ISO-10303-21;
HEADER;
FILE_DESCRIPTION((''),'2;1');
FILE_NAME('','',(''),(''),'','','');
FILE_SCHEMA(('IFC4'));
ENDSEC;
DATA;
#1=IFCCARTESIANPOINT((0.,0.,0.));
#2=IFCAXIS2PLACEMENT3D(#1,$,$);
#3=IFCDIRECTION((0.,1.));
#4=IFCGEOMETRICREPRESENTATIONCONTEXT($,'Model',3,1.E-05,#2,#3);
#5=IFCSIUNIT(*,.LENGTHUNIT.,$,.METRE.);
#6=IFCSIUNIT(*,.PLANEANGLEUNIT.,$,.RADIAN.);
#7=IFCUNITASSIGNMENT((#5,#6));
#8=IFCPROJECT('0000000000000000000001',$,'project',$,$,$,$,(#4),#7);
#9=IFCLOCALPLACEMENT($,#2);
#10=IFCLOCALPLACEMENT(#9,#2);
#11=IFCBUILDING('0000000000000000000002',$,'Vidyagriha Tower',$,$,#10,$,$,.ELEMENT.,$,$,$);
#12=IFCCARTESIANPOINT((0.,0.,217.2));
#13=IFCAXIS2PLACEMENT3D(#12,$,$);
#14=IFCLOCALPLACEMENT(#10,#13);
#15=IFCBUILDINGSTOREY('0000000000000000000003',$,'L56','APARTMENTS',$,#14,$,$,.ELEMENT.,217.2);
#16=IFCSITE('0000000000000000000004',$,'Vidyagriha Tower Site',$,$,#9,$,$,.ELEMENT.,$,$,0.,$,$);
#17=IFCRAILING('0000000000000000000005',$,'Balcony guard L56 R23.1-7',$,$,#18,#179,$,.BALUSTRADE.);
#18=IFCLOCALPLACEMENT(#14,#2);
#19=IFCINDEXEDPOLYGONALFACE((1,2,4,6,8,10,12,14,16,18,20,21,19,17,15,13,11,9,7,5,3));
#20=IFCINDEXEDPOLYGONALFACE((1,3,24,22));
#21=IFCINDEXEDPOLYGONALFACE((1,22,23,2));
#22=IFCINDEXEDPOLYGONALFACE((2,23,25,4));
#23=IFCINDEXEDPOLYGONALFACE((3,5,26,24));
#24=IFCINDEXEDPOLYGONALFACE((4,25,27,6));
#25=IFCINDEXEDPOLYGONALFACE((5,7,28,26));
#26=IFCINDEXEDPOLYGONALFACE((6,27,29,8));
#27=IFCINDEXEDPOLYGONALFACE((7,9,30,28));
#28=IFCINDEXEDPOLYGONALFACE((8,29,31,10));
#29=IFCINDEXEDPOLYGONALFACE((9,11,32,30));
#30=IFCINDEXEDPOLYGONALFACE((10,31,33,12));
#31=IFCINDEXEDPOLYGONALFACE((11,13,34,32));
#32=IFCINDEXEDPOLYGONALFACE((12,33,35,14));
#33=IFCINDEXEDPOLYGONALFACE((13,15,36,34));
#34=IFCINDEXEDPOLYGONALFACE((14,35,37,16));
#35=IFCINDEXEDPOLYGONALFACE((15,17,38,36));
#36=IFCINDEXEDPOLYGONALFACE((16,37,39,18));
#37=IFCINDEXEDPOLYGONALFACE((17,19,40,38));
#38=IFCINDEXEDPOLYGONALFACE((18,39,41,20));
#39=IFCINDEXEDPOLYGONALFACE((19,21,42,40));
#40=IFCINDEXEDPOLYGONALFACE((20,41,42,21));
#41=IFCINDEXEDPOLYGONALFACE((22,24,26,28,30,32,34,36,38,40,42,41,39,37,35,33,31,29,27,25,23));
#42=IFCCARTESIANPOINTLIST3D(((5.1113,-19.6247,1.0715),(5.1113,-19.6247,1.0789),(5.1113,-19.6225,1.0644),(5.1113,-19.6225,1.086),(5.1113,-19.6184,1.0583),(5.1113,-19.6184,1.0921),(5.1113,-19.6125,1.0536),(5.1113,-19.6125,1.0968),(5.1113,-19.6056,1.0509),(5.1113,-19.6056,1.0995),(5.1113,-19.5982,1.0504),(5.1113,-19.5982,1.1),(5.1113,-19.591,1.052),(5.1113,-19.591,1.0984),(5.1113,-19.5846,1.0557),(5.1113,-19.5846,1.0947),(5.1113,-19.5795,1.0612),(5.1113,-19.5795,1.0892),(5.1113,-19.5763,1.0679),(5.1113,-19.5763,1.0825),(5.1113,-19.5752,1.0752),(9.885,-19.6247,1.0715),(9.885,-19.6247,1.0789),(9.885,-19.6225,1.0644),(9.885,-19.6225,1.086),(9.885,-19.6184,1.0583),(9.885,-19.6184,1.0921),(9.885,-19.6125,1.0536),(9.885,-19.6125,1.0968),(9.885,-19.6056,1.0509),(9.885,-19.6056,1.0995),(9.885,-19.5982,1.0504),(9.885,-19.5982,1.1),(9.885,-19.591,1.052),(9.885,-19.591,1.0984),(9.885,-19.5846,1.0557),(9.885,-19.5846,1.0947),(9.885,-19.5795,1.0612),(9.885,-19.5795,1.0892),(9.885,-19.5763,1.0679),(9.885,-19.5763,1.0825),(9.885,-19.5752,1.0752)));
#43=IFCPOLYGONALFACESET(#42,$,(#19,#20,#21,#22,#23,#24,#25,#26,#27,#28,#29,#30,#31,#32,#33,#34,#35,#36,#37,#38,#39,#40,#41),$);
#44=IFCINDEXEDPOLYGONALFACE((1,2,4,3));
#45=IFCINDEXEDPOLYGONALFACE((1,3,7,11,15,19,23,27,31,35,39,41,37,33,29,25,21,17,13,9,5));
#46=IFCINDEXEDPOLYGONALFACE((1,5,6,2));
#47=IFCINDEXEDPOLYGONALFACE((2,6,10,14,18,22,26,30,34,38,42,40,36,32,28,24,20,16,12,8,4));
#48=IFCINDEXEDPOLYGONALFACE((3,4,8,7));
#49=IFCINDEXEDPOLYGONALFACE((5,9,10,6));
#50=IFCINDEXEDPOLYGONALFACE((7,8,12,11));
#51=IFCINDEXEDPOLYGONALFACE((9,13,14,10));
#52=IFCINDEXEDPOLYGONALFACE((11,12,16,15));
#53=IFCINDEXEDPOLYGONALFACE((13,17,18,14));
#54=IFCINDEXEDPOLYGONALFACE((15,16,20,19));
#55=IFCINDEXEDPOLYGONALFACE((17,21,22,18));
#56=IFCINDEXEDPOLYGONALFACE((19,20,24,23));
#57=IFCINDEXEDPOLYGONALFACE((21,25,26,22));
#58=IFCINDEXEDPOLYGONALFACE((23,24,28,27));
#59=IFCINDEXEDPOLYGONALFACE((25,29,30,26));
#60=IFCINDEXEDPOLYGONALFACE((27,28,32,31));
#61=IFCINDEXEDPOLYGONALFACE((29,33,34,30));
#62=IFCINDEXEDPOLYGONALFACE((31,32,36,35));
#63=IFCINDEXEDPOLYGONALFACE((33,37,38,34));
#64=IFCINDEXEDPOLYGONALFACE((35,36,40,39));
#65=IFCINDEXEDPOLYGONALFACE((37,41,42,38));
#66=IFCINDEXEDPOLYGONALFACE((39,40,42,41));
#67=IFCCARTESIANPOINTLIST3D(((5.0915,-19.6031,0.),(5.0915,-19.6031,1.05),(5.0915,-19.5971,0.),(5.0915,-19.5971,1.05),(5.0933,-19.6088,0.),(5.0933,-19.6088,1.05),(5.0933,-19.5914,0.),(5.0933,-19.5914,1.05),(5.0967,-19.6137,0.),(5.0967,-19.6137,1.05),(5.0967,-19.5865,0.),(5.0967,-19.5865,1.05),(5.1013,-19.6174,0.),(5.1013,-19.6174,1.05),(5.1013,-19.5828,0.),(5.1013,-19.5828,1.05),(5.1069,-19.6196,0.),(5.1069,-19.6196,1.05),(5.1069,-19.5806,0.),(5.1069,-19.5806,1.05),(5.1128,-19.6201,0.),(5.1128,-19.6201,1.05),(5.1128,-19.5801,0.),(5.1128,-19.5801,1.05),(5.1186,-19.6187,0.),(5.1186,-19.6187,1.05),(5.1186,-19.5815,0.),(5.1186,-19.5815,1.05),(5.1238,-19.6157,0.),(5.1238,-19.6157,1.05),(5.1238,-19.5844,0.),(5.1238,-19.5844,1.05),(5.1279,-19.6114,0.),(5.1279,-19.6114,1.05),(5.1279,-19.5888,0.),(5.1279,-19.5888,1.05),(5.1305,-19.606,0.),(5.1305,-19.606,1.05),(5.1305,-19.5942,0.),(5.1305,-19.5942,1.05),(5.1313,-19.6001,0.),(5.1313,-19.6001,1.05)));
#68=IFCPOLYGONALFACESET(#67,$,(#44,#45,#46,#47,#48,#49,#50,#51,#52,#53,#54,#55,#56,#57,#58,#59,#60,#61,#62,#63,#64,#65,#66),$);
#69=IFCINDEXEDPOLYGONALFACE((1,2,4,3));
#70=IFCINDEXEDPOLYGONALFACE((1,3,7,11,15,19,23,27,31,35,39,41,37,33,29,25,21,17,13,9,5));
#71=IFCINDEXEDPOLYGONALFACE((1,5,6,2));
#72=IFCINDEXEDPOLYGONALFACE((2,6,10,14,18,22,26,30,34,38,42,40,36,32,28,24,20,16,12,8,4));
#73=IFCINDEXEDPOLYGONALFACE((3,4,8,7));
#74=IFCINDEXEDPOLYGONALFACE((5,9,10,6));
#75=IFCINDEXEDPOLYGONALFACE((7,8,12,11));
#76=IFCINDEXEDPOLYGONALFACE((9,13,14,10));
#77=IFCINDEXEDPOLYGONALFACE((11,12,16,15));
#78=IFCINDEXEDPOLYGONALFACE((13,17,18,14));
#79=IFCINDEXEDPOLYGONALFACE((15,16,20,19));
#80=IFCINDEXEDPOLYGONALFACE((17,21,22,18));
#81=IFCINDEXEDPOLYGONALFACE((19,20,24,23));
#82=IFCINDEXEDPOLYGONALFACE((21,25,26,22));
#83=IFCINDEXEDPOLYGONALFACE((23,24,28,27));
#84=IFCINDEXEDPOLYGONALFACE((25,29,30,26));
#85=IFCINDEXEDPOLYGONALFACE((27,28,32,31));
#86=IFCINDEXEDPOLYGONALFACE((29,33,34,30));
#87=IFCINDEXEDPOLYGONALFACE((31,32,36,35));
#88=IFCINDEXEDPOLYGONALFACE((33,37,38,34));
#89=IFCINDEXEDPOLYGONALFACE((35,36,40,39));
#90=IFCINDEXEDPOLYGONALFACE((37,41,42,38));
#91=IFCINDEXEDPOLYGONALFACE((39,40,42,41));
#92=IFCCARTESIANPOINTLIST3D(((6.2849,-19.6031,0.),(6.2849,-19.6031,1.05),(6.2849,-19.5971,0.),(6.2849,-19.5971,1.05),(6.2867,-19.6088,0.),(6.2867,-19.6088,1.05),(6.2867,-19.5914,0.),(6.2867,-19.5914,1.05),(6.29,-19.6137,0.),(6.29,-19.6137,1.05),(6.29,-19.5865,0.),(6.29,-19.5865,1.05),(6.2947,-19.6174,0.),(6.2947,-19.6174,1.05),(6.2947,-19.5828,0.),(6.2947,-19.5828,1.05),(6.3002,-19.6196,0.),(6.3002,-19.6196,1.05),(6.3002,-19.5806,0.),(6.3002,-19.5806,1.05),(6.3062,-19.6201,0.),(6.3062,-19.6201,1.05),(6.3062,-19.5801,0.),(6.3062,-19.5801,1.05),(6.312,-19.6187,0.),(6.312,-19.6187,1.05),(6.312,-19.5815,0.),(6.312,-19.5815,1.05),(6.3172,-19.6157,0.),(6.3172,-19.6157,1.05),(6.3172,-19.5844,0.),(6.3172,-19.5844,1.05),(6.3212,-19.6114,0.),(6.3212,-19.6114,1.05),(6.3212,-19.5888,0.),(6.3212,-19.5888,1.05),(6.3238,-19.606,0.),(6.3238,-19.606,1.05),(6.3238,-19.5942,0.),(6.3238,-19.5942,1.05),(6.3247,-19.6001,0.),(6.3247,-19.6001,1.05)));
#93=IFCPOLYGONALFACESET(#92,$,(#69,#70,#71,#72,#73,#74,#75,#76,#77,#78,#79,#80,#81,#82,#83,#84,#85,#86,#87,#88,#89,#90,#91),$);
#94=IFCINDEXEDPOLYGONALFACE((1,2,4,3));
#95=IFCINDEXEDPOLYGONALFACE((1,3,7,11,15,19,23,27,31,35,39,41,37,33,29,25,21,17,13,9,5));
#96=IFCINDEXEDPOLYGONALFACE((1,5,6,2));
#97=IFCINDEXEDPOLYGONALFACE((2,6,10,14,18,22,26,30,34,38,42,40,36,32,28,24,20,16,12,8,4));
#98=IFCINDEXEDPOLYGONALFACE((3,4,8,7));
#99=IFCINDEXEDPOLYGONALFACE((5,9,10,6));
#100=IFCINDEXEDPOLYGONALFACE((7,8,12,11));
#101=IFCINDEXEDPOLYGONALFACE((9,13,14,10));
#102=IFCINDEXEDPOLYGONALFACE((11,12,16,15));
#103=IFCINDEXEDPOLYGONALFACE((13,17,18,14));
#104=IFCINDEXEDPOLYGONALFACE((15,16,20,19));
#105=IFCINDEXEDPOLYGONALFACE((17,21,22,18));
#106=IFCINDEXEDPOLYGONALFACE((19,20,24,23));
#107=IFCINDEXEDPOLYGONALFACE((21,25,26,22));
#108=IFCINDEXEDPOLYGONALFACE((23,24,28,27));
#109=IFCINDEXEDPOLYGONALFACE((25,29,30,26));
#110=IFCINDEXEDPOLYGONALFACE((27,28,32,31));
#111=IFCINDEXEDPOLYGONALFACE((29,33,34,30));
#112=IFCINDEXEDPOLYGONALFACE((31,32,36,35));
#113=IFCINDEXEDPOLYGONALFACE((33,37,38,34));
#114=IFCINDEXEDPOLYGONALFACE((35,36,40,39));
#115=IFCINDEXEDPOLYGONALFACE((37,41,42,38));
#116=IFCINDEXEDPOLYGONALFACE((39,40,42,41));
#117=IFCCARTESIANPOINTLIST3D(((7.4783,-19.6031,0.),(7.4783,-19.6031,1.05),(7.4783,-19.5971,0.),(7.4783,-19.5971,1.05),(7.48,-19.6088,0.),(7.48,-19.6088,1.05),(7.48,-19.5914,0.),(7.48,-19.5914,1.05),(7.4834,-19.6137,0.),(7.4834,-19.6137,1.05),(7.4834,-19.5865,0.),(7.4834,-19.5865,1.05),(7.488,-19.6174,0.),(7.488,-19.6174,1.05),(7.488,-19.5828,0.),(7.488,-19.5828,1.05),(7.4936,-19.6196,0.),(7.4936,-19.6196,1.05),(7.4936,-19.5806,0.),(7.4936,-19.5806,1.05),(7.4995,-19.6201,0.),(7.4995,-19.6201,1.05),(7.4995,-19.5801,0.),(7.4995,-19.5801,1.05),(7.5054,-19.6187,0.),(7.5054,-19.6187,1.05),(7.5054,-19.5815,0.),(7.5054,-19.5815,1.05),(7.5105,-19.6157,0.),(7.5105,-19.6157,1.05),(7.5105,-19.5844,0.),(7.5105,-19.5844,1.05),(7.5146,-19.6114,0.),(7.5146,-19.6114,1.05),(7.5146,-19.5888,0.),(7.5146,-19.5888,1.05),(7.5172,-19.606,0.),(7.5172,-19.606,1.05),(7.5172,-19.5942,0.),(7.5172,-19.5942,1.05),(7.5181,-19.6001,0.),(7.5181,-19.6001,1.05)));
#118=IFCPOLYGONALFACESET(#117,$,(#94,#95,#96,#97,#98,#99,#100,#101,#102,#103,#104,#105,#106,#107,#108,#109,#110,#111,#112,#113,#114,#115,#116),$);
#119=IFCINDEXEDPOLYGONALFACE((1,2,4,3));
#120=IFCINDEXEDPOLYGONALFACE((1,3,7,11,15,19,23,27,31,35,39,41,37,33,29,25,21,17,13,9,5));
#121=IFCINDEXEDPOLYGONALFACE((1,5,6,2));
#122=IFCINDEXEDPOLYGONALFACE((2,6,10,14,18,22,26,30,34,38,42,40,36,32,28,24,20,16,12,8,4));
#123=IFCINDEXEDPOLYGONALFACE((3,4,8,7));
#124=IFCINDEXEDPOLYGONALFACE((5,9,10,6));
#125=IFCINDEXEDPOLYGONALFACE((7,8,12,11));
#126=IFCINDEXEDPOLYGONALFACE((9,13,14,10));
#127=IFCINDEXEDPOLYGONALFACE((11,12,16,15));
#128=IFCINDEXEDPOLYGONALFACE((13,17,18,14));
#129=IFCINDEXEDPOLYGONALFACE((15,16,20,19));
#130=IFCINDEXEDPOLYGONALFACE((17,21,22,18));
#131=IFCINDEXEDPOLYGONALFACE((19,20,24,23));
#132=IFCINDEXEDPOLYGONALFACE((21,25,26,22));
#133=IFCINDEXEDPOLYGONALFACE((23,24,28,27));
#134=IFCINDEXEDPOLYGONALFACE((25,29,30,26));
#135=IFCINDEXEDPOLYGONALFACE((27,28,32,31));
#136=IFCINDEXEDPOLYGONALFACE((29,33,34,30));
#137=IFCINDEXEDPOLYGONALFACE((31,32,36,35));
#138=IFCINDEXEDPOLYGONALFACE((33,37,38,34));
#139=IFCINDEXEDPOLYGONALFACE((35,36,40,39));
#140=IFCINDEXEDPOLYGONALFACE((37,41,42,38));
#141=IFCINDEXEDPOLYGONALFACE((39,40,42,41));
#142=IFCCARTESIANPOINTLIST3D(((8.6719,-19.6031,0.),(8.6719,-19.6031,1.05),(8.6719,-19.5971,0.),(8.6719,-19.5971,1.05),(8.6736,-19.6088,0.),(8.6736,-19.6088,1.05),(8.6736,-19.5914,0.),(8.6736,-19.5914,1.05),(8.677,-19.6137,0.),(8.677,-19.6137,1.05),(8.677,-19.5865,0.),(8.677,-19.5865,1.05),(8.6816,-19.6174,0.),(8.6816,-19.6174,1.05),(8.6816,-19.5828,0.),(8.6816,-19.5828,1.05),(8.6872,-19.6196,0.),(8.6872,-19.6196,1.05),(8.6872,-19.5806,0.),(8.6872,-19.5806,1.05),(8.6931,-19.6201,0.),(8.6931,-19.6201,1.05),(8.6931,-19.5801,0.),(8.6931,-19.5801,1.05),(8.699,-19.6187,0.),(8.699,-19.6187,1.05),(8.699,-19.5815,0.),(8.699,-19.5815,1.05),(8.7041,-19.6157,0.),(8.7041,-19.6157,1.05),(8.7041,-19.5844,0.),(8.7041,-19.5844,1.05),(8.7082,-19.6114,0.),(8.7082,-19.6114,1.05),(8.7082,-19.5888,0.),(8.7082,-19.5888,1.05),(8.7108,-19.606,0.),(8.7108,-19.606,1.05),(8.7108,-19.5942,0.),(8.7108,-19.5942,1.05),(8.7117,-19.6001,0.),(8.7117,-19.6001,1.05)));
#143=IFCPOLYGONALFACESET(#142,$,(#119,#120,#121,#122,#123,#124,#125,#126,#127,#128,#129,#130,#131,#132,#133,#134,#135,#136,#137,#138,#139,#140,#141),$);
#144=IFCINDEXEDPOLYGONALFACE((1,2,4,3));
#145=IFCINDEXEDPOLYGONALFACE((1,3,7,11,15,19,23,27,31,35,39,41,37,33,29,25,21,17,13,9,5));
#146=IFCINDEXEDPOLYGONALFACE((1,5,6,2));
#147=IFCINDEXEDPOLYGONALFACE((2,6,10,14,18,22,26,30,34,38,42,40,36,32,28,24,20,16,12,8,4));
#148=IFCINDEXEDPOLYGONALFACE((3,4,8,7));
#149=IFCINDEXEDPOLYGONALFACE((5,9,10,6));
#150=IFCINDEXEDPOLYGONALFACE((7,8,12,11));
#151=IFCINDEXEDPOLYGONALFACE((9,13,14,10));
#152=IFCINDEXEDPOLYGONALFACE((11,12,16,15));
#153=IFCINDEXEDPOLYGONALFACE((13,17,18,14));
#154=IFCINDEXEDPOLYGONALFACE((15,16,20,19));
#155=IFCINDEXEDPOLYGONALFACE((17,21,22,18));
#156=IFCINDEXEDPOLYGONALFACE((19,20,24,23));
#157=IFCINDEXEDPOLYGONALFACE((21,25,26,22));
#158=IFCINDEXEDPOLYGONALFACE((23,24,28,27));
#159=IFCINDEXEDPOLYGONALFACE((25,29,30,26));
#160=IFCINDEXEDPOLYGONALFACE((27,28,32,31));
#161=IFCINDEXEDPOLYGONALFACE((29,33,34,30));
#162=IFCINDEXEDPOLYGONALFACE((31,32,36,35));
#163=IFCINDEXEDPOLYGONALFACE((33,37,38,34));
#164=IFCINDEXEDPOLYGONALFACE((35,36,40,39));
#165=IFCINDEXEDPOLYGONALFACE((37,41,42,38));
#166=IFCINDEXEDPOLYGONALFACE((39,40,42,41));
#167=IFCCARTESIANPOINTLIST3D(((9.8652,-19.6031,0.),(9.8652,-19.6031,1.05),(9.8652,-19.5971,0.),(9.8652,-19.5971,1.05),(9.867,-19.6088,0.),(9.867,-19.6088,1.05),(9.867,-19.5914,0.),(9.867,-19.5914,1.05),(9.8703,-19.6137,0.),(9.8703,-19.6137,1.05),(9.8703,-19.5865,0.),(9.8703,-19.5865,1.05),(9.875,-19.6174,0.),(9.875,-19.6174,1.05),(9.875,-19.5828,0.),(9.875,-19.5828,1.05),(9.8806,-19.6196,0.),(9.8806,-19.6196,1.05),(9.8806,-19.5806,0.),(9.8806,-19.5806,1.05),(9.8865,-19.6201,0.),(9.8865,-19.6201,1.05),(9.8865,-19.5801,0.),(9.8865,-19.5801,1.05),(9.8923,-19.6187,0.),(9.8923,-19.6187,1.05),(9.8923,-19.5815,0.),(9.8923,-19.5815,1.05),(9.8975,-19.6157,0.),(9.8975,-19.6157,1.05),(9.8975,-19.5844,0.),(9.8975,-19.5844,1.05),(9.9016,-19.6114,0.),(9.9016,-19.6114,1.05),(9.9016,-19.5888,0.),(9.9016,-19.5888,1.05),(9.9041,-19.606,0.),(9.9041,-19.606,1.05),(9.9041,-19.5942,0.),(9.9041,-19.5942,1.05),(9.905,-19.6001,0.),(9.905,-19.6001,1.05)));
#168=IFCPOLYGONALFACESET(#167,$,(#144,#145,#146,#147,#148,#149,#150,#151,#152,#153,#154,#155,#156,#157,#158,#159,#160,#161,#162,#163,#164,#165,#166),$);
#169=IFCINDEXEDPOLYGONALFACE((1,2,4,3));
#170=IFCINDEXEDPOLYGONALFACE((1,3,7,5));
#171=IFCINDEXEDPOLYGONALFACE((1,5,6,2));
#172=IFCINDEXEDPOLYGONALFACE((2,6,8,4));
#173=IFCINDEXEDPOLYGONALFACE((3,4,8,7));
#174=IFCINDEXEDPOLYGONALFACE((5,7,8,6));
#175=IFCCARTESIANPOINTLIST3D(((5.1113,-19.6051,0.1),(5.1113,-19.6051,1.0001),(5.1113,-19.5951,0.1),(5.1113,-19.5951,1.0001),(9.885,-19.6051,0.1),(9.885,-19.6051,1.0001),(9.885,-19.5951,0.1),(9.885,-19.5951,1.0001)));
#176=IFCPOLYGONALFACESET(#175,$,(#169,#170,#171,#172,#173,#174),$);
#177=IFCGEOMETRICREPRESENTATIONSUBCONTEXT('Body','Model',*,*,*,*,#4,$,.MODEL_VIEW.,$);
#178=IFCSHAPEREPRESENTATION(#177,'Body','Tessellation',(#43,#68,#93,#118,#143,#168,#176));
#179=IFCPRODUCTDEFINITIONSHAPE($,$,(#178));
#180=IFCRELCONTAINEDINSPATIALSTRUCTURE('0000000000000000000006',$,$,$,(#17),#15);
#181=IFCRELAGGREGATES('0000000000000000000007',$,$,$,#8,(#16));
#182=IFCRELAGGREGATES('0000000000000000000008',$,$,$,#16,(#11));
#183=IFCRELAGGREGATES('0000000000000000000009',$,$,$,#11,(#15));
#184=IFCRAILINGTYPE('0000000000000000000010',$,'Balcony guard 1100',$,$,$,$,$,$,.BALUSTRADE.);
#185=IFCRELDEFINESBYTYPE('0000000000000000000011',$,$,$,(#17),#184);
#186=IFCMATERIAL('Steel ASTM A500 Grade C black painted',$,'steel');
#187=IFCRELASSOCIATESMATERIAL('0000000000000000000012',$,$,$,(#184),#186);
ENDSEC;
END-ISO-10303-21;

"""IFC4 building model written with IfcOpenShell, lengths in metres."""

from ifc_helpers import new_model, si_unit, direction, frame, origin, origin_2d, place, context, subcontext, project, spatial, rectangle, circle, extrude, material, type_object, element, save


model = new_model("IFC4")

# Units and contexts
model_context = context("Model", 3, precision=1e-05, world=origin(), true_north=direction((0.0, 1.0)))
body_context = subcontext(model_context, "Body", "Model", "MODEL_VIEW")
ifc_project = project(units=[si_unit("LENGTHUNIT", "METRE"), si_unit("PLANEANGLEUNIT", "RADIAN")], contexts=[model_context])

# Site, building, storey
site_placement = place(None, origin())
site = spatial("IfcSite", under=ifc_project, at=site_placement, Name="Vidyagriha Tower Site", CompositionType="ELEMENT", RefElevation=0.0)
building_placement = place(site_placement, origin())
building = spatial("IfcBuilding", under=site, at=building_placement, Name="Vidyagriha Tower", CompositionType="ELEMENT")
storey_placement = place(building_placement, frame((0.0, 0.0, 217.2)))
storey = spatial("IfcBuildingStorey", under=building, at=storey_placement, Name="L56", Description="APARTMENTS", CompositionType="ELEMENT", Elevation=217.2)

# Railing
ifc_material_1 = material(Name="Steel ASTM A500 Grade C black painted", Category="steel")
railing_type = type_object("IfcRailingType", Name="Balcony guard 1100", PredefinedType="BALUSTRADE", material=ifc_material_1)
railing_1_placement = place(storey_placement, frame((5.1113, -19.6001, 0.0)))
element("IfcRailing", 1, at=railing_1_placement, inside=storey, type_object=railing_type, Name="Balcony guard L56 R23.1-7", PredefinedType="BALUSTRADE", context=body_context, shape_type="SweptSolid", body=[
    extrude(circle(Radius=0.0249, at=origin_2d()), frame((0.0, 0.0, 1.0752), z_axis=(1.0, 0.0, 0.0), x_axis=(0.0, 1.0, 0.0)), (0.0, 0.0, 1.0), 4.7737),
    extrude(circle(Radius=0.02, at=origin_2d()), origin(), (0.0, 0.0, 1.0), 1.05),
    extrude(circle(Radius=0.02, at=origin_2d()), frame((1.1934, 0.0, 0.0)), (0.0, 0.0, 1.0), 1.05),
    extrude(circle(Radius=0.02, at=origin_2d()), frame((2.3867, 0.0, 0.0)), (0.0, 0.0, 1.0), 1.05),
    extrude(circle(Radius=0.02, at=origin_2d()), frame((3.5803, 0.0, 0.0)), (0.0, 0.0, 1.0), 1.05),
    extrude(circle(Radius=0.02, at=origin_2d()), frame((4.7737, 0.0, 0.0)), (0.0, 0.0, 1.0), 1.05),
    extrude(rectangle(XDim=0.01, YDim=0.9001, at=origin_2d()), frame((0.0, 0.0, 0.55), z_axis=(1.0, 0.0, 0.0), x_axis=(0.0, 1.0, 0.0)), (0.0, 0.0, 1.0), 4.7737),
])

save(model, "model.ifc")
